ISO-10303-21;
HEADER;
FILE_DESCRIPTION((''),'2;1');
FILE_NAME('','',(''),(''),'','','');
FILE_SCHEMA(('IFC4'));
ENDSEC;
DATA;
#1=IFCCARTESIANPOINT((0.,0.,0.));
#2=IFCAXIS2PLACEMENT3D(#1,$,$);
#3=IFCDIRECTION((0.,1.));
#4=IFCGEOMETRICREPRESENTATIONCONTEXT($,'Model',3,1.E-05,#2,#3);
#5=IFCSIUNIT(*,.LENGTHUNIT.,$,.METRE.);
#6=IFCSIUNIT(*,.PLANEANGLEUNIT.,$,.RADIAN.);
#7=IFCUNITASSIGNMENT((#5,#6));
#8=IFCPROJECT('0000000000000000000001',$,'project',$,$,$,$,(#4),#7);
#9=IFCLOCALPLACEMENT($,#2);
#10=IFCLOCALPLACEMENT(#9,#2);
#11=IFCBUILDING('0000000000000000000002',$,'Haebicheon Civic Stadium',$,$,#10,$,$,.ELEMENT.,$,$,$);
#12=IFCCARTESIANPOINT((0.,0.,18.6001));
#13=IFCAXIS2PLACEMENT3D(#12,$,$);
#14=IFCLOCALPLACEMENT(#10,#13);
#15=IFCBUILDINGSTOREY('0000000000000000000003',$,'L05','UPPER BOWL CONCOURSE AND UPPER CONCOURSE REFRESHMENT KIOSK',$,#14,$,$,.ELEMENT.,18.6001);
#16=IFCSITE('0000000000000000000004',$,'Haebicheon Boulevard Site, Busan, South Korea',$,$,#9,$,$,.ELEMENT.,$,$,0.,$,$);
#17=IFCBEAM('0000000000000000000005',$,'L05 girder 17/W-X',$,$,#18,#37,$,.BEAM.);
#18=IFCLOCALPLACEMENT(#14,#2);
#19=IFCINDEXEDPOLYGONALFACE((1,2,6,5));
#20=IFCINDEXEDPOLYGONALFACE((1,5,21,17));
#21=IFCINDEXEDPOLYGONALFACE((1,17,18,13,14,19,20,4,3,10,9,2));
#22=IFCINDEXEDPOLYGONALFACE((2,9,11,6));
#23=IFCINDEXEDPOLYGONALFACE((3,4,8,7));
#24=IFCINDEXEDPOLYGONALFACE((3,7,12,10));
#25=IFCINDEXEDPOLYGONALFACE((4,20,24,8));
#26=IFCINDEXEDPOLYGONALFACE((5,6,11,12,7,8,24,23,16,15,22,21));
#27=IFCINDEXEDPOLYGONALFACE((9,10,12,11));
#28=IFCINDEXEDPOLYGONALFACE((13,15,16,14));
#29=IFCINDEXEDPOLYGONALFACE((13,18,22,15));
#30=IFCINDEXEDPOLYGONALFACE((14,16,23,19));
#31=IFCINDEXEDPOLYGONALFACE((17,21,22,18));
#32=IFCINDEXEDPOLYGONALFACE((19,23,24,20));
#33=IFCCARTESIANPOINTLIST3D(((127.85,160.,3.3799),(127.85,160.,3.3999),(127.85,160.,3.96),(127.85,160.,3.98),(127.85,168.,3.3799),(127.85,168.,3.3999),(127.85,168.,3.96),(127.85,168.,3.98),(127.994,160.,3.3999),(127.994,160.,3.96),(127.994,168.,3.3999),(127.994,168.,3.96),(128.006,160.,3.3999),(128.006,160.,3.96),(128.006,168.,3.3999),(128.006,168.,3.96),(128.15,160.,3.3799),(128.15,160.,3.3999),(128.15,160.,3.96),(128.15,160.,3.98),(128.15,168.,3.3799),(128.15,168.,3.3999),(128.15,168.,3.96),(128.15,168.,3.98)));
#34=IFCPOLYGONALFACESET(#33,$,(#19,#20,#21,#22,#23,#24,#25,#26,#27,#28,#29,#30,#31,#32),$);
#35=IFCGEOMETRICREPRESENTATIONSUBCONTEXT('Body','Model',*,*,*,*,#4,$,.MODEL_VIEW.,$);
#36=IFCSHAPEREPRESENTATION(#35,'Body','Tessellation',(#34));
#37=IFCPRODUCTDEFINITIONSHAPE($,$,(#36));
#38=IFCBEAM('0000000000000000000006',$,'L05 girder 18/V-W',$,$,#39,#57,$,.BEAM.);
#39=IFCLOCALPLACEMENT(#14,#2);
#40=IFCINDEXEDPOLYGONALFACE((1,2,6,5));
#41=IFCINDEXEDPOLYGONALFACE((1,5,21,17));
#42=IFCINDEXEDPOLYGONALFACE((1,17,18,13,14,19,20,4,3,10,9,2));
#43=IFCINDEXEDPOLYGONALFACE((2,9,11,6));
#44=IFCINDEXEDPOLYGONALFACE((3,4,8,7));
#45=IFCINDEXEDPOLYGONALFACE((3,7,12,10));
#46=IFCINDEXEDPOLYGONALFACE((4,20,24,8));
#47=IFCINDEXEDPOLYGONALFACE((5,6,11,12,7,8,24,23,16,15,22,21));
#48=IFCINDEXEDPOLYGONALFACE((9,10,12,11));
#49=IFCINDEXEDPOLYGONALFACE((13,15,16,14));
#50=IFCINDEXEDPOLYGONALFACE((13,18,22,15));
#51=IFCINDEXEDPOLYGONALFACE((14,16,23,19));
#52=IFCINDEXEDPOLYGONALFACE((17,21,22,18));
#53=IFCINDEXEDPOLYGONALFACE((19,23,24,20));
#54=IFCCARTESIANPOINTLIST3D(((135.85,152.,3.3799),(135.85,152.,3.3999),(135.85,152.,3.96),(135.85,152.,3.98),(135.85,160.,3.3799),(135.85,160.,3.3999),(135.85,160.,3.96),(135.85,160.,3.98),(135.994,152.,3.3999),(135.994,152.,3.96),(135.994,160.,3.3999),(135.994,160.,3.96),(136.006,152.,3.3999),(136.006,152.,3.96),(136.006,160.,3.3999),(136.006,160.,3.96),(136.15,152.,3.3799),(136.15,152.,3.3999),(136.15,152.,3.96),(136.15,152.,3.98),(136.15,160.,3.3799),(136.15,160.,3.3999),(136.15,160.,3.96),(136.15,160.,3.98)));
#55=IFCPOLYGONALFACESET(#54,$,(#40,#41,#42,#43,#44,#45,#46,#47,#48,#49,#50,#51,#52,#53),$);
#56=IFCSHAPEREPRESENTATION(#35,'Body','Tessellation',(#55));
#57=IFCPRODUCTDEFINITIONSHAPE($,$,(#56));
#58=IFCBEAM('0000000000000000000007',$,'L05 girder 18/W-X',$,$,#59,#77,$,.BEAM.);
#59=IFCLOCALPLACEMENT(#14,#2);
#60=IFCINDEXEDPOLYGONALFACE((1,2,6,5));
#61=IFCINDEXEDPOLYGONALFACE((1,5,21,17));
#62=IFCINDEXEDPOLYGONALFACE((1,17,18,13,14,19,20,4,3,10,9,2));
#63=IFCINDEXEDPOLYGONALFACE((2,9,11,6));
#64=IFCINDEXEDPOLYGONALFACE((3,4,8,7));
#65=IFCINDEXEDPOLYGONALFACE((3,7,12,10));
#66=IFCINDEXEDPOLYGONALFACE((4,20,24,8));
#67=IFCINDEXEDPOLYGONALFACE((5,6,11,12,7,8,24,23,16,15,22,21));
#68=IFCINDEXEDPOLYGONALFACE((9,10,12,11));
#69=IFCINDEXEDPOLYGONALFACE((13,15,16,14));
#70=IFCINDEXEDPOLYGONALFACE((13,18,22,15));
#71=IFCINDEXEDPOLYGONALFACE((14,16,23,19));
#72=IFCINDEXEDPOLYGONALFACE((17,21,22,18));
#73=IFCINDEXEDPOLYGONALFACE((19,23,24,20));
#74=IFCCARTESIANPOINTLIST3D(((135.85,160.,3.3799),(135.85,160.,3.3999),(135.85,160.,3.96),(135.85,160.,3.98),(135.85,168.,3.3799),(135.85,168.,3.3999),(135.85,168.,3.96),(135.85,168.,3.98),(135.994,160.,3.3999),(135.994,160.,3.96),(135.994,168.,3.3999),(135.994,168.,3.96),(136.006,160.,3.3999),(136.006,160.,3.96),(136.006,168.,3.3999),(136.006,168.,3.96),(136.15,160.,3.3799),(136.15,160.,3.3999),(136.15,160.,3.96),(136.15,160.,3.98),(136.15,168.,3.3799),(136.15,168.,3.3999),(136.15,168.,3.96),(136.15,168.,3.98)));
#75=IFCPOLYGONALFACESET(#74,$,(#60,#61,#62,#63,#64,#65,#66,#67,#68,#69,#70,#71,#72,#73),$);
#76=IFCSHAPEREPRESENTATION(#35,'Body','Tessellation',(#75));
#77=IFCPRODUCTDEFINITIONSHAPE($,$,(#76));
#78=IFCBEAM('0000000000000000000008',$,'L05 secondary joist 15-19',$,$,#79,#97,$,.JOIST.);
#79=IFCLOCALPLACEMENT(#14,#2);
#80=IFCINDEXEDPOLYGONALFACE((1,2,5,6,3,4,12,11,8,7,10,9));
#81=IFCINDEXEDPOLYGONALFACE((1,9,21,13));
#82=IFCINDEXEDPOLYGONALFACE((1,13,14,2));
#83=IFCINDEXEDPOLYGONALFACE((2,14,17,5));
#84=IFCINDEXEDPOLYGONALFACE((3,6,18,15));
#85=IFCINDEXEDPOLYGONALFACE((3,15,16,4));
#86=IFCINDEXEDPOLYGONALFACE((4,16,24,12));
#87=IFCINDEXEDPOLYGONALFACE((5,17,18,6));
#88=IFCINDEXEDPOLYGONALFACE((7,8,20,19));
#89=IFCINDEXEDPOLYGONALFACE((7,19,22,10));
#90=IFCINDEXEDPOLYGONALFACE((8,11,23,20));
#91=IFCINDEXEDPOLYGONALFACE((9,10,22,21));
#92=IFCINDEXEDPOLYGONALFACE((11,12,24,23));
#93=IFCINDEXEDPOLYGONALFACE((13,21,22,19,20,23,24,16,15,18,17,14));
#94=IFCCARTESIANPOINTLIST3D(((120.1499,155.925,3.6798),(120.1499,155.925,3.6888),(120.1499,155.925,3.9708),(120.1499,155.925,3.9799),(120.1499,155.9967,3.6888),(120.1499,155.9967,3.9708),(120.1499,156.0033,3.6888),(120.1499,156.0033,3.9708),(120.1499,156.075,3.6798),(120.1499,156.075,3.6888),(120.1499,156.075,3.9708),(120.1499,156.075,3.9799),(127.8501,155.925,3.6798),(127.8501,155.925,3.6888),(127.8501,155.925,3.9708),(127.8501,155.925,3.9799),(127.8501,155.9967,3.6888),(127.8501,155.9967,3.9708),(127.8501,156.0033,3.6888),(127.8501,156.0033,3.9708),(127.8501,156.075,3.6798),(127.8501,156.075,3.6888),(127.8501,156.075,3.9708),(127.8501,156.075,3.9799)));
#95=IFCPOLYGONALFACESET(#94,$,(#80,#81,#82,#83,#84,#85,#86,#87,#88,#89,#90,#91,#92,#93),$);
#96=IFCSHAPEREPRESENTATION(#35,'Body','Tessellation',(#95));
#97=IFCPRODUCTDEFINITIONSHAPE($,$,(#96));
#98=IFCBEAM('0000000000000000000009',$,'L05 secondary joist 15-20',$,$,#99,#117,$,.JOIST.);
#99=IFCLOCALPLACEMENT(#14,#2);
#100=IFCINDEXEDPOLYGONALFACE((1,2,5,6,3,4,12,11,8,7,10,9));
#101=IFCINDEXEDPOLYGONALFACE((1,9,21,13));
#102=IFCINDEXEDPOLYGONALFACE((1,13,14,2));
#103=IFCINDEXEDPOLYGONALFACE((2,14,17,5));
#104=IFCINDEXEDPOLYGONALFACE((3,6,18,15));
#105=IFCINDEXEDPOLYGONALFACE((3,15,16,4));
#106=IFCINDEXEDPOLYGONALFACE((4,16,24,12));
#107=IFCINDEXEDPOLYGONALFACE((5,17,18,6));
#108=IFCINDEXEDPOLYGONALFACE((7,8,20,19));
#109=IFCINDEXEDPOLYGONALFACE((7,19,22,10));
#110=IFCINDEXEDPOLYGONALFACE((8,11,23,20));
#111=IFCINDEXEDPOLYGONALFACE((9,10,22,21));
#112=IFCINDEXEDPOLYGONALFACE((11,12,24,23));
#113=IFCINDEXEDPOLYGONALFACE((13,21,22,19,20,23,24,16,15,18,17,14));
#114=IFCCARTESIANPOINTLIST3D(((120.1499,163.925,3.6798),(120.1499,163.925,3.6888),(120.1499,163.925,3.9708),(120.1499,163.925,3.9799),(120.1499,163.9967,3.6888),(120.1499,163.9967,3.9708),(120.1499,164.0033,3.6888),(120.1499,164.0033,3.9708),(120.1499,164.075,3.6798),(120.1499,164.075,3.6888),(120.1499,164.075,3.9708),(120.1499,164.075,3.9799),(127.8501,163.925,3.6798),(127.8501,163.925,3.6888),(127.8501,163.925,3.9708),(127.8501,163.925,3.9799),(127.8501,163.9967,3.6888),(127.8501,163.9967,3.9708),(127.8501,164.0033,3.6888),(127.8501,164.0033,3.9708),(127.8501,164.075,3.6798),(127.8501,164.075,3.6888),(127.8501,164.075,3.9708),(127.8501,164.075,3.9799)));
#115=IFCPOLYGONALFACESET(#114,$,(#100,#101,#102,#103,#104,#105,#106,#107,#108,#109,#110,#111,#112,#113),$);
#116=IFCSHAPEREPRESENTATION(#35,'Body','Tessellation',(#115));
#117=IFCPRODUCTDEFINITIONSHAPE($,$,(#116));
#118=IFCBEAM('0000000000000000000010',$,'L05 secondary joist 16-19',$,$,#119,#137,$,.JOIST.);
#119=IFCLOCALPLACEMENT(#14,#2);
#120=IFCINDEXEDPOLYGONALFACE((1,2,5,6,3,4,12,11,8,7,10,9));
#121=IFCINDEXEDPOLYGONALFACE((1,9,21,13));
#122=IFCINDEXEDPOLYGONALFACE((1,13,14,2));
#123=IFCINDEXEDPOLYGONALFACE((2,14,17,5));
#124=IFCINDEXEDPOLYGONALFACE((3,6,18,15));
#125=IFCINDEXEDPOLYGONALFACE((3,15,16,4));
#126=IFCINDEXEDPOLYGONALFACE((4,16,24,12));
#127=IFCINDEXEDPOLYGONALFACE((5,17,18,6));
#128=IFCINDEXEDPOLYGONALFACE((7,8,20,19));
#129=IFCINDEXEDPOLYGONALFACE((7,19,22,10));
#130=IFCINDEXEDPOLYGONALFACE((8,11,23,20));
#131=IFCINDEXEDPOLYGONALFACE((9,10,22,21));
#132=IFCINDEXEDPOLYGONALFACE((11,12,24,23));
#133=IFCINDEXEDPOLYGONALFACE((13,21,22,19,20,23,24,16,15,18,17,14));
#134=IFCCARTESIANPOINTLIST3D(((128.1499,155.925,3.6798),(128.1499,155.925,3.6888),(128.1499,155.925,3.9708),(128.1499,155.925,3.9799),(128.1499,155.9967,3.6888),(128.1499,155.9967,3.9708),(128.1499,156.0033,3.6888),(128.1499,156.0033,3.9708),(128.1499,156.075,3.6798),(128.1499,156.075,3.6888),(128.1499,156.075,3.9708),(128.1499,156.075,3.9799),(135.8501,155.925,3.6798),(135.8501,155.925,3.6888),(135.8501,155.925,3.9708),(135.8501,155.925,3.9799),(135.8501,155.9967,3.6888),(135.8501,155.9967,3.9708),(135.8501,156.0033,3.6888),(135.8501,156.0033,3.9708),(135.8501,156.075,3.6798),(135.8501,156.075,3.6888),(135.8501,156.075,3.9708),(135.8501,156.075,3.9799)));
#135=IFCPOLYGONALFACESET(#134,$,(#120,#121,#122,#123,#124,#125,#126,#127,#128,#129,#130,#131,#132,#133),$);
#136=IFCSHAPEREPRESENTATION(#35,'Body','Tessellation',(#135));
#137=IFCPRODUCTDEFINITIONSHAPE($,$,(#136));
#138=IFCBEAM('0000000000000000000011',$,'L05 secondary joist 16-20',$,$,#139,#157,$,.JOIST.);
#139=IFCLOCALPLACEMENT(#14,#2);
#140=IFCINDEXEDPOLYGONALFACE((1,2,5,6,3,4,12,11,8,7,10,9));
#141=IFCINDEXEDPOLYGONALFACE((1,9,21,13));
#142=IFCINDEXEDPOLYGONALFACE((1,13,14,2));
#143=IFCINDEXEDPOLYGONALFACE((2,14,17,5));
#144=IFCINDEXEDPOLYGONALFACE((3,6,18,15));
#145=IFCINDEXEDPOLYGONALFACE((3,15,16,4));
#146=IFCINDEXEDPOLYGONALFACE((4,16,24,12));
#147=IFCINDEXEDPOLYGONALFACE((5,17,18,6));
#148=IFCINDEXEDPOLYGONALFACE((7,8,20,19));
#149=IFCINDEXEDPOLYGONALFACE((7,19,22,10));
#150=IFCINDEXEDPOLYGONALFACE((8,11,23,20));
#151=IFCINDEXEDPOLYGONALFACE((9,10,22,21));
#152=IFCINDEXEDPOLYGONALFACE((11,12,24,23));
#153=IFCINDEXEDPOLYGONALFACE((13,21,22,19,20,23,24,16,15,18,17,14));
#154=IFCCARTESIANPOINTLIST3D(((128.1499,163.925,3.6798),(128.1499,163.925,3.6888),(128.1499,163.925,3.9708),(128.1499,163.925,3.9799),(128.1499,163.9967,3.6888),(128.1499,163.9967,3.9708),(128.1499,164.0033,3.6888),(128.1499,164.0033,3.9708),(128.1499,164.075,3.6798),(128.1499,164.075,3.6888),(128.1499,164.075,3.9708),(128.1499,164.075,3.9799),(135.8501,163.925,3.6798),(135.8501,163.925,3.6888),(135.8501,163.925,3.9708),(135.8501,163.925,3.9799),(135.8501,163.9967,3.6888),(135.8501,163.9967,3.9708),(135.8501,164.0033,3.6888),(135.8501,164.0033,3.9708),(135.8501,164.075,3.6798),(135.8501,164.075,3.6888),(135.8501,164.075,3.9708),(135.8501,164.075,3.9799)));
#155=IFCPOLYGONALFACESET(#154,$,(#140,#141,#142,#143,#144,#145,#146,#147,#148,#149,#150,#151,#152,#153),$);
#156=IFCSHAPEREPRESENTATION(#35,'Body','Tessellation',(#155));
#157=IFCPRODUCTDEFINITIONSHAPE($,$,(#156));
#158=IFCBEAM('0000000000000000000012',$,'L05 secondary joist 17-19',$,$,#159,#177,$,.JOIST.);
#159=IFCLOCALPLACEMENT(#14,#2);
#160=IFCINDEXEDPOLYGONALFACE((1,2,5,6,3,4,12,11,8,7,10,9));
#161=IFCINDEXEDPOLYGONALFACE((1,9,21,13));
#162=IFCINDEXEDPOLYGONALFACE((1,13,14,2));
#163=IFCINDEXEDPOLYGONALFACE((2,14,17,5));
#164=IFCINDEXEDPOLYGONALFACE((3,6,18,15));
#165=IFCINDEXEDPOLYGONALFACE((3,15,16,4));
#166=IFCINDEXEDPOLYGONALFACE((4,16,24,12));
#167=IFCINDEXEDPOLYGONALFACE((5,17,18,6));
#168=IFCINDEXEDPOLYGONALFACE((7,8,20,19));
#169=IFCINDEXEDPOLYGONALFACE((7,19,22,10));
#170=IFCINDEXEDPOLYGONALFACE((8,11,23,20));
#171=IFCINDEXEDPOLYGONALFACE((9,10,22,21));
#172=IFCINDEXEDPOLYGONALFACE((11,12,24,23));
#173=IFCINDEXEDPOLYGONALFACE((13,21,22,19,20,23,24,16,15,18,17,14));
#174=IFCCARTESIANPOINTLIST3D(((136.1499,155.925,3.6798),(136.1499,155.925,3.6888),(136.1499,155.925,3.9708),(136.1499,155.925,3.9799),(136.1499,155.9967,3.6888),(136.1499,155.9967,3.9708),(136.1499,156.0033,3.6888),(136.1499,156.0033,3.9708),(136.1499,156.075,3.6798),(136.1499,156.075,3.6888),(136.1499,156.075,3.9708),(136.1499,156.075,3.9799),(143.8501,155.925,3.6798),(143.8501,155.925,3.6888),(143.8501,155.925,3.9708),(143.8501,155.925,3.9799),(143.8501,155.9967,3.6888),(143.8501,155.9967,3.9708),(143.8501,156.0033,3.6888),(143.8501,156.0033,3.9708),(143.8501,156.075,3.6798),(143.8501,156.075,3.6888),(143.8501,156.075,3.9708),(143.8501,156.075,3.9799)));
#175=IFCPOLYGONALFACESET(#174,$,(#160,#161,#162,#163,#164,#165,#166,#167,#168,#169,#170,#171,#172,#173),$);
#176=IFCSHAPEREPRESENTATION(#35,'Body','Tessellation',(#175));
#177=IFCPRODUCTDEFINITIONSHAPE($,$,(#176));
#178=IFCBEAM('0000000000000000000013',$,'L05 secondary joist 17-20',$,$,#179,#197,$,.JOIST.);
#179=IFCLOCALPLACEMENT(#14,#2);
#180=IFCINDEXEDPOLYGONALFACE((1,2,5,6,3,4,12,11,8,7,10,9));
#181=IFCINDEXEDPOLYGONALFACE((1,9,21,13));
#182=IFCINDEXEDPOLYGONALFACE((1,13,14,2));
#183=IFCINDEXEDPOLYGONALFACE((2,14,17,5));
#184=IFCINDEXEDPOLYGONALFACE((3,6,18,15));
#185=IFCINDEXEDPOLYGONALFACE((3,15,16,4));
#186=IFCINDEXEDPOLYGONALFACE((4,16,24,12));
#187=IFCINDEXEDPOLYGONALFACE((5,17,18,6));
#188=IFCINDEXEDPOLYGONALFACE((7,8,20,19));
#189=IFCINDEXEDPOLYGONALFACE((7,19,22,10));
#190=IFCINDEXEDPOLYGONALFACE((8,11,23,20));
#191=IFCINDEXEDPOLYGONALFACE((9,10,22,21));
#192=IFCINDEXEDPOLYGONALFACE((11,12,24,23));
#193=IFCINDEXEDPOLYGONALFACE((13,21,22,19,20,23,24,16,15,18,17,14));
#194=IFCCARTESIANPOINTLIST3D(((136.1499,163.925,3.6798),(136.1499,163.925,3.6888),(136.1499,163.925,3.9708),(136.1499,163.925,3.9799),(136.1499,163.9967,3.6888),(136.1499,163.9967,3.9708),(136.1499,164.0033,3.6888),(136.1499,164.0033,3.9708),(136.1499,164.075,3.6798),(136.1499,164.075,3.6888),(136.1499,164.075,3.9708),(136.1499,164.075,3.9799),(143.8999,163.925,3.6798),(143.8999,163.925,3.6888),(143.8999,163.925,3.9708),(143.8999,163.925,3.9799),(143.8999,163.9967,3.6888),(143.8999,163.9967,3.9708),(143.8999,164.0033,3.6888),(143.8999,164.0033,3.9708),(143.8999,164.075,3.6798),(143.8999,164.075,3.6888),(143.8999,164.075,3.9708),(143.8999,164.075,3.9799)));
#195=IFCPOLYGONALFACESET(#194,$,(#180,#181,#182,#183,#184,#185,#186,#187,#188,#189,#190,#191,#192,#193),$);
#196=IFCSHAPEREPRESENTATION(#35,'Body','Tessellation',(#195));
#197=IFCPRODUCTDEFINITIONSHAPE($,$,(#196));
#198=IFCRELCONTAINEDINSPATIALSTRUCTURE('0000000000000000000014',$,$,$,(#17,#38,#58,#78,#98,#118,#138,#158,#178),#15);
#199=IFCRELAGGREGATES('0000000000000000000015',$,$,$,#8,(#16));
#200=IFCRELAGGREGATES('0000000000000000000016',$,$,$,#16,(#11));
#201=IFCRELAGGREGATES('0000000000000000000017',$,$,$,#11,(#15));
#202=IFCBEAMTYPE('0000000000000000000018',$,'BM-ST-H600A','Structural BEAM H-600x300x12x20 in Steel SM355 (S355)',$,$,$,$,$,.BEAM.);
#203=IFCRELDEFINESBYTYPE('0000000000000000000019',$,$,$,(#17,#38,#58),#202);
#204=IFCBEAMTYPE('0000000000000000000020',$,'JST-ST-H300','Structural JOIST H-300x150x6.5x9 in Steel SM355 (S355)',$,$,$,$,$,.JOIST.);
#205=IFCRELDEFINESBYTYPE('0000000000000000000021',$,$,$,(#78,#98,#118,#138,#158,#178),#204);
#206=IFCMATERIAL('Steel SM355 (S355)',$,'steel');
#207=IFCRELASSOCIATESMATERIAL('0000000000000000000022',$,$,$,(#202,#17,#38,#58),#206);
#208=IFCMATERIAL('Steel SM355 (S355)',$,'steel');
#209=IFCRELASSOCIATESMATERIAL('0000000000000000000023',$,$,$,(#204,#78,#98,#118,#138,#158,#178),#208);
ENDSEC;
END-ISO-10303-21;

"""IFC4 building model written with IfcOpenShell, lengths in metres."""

from ifc_helpers import new_model, si_unit, direction, frame, origin, origin_2d, place, context, subcontext, project, spatial, i_section, extrude, material, material_profile, profile_set, type_object, element, save


model = new_model("IFC4")

# Units and contexts
model_context = context("Model", 3, precision=1e-05, world=origin(), true_north=direction((0.0, 1.0)))
body_context = subcontext(model_context, "Body", "Model", "MODEL_VIEW")
ifc_project = project(units=[si_unit("LENGTHUNIT", "METRE"), si_unit("PLANEANGLEUNIT", "RADIAN")], contexts=[model_context])

# Site, building, storey
site_placement = place(None, origin())
site = spatial("IfcSite", under=ifc_project, at=site_placement, Name="Haebicheon Boulevard Site, Busan, South Korea", CompositionType="ELEMENT", RefElevation=0.0)
building_placement = place(site_placement, origin())
building = spatial("IfcBuilding", under=site, at=building_placement, Name="Haebicheon Civic Stadium", CompositionType="ELEMENT")
storey_placement = place(building_placement, frame((0.0, 0.0, 18.6001)))
storey = spatial("IfcBuildingStorey", under=building, at=storey_placement, Name="L05", Description="UPPER BOWL CONCOURSE AND UPPER CONCOURSE REFRESHMENT KIOSK", CompositionType="ELEMENT", Elevation=18.6001)

# Beams
ifc_material_1 = material(Name="Steel SM355 (S355)", Category="steel")
ifc_material_profile_1 = material_profile(ifc_material_1, i_section(OverallWidth=0.3, OverallDepth=0.6001, WebThickness=0.012, FlangeThickness=0.02, at=origin_2d()), Name="H-600x300x12x20")
ifc_profile_set_1 = profile_set([ifc_material_profile_1], Name="Steel SM355 (S355)")
beam_type_1 = type_object("IfcBeamType", Name="BM-ST-H600A", Description="Structural BEAM H-600x300x12x20 in Steel SM355 (S355)", PredefinedType="BEAM", material=ifc_profile_set_1)
for number, where, z_axis, x_axis, name in (
    (1, (128.0, 160.0, 3.6799), (0.0, 1.0, 0.0), (-1.0, 0.0, 0.0), "L05 girder 17/W-X"),
    (2, (136.0, 152.0, 3.6799), (0.0, 1.0, 0.0), (-1.0, 0.0, 0.0), "L05 girder 18/V-W"),
    (3, (136.0, 160.0, 3.6799), (0.0, 1.0, 0.0), (-1.0, 0.0, 0.0), "L05 girder 18/W-X"),
):
    element("IfcBeam", number, at=place(storey_placement, frame(where, z_axis=z_axis, x_axis=x_axis)), inside=storey, type_object=beam_type_1, material=ifc_profile_set_1, Name=name, PredefinedType="BEAM", context=body_context, shape_type="SweptSolid", body=[
        extrude(i_section(OverallWidth=0.3, OverallDepth=0.6001, WebThickness=0.012, FlangeThickness=0.02, at=origin_2d()), origin(), (0.0, 0.0, 1.0), 8.0),
    ])
ifc_material_2 = material(Name="Steel SM355 (S355)", Category="steel")
ifc_material_profile_2 = material_profile(ifc_material_2, i_section(OverallWidth=0.1499, OverallDepth=0.3, WebThickness=0.0066, FlangeThickness=0.009, at=origin_2d()), Name="H-300x150x6.5x9")
ifc_profile_set_2 = profile_set([ifc_material_profile_2], Name="Steel SM355 (S355)")
beam_type_2 = type_object("IfcBeamType", Name="JST-ST-H300", Description="Structural JOIST H-300x150x6.5x9 in Steel SM355 (S355)", PredefinedType="JOIST", material=ifc_profile_set_2)
for number, where, z_axis, x_axis, name in (
    (4, (120.1499, 156.0, 3.8298), (1.0, 0.0, 0.0), (0.0, 1.0, 0.0), "L05 secondary joist 15-19"),
    (5, (120.1499, 164.0, 3.8298), (1.0, 0.0, 0.0), (0.0, 1.0, 0.0), "L05 secondary joist 15-20"),
    (6, (128.1499, 156.0, 3.8298), (1.0, 0.0, 0.0), (0.0, 1.0, 0.0), "L05 secondary joist 16-19"),
    (7, (128.1499, 164.0, 3.8298), (1.0, 0.0, 0.0), (0.0, 1.0, 0.0), "L05 secondary joist 16-20"),
    (8, (136.1499, 156.0, 3.8298), (1.0, 0.0, 0.0), (0.0, 1.0, 0.0), "L05 secondary joist 17-19"),
):
    element("IfcBeam", number, at=place(storey_placement, frame(where, z_axis=z_axis, x_axis=x_axis)), inside=storey, type_object=beam_type_2, material=ifc_profile_set_2, Name=name, PredefinedType="JOIST", context=body_context, shape_type="SweptSolid", body=[
        extrude(i_section(OverallWidth=0.1499, OverallDepth=0.3, WebThickness=0.0066, FlangeThickness=0.009, at=origin_2d()), origin(), (0.0, 0.0, 1.0), 7.7002),
    ])
beam_placement = place(storey_placement, frame((136.1499, 164.0, 3.8298), z_axis=(1.0, 0.0, 0.0), x_axis=(0.0, 1.0, 0.0)))
element("IfcBeam", 9, at=beam_placement, inside=storey, type_object=beam_type_2, material=ifc_profile_set_2, Name="L05 secondary joist 17-20", PredefinedType="JOIST", context=body_context, shape_type="SweptSolid", body=[
    extrude(i_section(OverallWidth=0.1499, OverallDepth=0.3, WebThickness=0.0066, FlangeThickness=0.009, at=origin_2d()), origin(), (0.0, 0.0, 1.0), 7.75),
])

save(model, "model.ifc")
